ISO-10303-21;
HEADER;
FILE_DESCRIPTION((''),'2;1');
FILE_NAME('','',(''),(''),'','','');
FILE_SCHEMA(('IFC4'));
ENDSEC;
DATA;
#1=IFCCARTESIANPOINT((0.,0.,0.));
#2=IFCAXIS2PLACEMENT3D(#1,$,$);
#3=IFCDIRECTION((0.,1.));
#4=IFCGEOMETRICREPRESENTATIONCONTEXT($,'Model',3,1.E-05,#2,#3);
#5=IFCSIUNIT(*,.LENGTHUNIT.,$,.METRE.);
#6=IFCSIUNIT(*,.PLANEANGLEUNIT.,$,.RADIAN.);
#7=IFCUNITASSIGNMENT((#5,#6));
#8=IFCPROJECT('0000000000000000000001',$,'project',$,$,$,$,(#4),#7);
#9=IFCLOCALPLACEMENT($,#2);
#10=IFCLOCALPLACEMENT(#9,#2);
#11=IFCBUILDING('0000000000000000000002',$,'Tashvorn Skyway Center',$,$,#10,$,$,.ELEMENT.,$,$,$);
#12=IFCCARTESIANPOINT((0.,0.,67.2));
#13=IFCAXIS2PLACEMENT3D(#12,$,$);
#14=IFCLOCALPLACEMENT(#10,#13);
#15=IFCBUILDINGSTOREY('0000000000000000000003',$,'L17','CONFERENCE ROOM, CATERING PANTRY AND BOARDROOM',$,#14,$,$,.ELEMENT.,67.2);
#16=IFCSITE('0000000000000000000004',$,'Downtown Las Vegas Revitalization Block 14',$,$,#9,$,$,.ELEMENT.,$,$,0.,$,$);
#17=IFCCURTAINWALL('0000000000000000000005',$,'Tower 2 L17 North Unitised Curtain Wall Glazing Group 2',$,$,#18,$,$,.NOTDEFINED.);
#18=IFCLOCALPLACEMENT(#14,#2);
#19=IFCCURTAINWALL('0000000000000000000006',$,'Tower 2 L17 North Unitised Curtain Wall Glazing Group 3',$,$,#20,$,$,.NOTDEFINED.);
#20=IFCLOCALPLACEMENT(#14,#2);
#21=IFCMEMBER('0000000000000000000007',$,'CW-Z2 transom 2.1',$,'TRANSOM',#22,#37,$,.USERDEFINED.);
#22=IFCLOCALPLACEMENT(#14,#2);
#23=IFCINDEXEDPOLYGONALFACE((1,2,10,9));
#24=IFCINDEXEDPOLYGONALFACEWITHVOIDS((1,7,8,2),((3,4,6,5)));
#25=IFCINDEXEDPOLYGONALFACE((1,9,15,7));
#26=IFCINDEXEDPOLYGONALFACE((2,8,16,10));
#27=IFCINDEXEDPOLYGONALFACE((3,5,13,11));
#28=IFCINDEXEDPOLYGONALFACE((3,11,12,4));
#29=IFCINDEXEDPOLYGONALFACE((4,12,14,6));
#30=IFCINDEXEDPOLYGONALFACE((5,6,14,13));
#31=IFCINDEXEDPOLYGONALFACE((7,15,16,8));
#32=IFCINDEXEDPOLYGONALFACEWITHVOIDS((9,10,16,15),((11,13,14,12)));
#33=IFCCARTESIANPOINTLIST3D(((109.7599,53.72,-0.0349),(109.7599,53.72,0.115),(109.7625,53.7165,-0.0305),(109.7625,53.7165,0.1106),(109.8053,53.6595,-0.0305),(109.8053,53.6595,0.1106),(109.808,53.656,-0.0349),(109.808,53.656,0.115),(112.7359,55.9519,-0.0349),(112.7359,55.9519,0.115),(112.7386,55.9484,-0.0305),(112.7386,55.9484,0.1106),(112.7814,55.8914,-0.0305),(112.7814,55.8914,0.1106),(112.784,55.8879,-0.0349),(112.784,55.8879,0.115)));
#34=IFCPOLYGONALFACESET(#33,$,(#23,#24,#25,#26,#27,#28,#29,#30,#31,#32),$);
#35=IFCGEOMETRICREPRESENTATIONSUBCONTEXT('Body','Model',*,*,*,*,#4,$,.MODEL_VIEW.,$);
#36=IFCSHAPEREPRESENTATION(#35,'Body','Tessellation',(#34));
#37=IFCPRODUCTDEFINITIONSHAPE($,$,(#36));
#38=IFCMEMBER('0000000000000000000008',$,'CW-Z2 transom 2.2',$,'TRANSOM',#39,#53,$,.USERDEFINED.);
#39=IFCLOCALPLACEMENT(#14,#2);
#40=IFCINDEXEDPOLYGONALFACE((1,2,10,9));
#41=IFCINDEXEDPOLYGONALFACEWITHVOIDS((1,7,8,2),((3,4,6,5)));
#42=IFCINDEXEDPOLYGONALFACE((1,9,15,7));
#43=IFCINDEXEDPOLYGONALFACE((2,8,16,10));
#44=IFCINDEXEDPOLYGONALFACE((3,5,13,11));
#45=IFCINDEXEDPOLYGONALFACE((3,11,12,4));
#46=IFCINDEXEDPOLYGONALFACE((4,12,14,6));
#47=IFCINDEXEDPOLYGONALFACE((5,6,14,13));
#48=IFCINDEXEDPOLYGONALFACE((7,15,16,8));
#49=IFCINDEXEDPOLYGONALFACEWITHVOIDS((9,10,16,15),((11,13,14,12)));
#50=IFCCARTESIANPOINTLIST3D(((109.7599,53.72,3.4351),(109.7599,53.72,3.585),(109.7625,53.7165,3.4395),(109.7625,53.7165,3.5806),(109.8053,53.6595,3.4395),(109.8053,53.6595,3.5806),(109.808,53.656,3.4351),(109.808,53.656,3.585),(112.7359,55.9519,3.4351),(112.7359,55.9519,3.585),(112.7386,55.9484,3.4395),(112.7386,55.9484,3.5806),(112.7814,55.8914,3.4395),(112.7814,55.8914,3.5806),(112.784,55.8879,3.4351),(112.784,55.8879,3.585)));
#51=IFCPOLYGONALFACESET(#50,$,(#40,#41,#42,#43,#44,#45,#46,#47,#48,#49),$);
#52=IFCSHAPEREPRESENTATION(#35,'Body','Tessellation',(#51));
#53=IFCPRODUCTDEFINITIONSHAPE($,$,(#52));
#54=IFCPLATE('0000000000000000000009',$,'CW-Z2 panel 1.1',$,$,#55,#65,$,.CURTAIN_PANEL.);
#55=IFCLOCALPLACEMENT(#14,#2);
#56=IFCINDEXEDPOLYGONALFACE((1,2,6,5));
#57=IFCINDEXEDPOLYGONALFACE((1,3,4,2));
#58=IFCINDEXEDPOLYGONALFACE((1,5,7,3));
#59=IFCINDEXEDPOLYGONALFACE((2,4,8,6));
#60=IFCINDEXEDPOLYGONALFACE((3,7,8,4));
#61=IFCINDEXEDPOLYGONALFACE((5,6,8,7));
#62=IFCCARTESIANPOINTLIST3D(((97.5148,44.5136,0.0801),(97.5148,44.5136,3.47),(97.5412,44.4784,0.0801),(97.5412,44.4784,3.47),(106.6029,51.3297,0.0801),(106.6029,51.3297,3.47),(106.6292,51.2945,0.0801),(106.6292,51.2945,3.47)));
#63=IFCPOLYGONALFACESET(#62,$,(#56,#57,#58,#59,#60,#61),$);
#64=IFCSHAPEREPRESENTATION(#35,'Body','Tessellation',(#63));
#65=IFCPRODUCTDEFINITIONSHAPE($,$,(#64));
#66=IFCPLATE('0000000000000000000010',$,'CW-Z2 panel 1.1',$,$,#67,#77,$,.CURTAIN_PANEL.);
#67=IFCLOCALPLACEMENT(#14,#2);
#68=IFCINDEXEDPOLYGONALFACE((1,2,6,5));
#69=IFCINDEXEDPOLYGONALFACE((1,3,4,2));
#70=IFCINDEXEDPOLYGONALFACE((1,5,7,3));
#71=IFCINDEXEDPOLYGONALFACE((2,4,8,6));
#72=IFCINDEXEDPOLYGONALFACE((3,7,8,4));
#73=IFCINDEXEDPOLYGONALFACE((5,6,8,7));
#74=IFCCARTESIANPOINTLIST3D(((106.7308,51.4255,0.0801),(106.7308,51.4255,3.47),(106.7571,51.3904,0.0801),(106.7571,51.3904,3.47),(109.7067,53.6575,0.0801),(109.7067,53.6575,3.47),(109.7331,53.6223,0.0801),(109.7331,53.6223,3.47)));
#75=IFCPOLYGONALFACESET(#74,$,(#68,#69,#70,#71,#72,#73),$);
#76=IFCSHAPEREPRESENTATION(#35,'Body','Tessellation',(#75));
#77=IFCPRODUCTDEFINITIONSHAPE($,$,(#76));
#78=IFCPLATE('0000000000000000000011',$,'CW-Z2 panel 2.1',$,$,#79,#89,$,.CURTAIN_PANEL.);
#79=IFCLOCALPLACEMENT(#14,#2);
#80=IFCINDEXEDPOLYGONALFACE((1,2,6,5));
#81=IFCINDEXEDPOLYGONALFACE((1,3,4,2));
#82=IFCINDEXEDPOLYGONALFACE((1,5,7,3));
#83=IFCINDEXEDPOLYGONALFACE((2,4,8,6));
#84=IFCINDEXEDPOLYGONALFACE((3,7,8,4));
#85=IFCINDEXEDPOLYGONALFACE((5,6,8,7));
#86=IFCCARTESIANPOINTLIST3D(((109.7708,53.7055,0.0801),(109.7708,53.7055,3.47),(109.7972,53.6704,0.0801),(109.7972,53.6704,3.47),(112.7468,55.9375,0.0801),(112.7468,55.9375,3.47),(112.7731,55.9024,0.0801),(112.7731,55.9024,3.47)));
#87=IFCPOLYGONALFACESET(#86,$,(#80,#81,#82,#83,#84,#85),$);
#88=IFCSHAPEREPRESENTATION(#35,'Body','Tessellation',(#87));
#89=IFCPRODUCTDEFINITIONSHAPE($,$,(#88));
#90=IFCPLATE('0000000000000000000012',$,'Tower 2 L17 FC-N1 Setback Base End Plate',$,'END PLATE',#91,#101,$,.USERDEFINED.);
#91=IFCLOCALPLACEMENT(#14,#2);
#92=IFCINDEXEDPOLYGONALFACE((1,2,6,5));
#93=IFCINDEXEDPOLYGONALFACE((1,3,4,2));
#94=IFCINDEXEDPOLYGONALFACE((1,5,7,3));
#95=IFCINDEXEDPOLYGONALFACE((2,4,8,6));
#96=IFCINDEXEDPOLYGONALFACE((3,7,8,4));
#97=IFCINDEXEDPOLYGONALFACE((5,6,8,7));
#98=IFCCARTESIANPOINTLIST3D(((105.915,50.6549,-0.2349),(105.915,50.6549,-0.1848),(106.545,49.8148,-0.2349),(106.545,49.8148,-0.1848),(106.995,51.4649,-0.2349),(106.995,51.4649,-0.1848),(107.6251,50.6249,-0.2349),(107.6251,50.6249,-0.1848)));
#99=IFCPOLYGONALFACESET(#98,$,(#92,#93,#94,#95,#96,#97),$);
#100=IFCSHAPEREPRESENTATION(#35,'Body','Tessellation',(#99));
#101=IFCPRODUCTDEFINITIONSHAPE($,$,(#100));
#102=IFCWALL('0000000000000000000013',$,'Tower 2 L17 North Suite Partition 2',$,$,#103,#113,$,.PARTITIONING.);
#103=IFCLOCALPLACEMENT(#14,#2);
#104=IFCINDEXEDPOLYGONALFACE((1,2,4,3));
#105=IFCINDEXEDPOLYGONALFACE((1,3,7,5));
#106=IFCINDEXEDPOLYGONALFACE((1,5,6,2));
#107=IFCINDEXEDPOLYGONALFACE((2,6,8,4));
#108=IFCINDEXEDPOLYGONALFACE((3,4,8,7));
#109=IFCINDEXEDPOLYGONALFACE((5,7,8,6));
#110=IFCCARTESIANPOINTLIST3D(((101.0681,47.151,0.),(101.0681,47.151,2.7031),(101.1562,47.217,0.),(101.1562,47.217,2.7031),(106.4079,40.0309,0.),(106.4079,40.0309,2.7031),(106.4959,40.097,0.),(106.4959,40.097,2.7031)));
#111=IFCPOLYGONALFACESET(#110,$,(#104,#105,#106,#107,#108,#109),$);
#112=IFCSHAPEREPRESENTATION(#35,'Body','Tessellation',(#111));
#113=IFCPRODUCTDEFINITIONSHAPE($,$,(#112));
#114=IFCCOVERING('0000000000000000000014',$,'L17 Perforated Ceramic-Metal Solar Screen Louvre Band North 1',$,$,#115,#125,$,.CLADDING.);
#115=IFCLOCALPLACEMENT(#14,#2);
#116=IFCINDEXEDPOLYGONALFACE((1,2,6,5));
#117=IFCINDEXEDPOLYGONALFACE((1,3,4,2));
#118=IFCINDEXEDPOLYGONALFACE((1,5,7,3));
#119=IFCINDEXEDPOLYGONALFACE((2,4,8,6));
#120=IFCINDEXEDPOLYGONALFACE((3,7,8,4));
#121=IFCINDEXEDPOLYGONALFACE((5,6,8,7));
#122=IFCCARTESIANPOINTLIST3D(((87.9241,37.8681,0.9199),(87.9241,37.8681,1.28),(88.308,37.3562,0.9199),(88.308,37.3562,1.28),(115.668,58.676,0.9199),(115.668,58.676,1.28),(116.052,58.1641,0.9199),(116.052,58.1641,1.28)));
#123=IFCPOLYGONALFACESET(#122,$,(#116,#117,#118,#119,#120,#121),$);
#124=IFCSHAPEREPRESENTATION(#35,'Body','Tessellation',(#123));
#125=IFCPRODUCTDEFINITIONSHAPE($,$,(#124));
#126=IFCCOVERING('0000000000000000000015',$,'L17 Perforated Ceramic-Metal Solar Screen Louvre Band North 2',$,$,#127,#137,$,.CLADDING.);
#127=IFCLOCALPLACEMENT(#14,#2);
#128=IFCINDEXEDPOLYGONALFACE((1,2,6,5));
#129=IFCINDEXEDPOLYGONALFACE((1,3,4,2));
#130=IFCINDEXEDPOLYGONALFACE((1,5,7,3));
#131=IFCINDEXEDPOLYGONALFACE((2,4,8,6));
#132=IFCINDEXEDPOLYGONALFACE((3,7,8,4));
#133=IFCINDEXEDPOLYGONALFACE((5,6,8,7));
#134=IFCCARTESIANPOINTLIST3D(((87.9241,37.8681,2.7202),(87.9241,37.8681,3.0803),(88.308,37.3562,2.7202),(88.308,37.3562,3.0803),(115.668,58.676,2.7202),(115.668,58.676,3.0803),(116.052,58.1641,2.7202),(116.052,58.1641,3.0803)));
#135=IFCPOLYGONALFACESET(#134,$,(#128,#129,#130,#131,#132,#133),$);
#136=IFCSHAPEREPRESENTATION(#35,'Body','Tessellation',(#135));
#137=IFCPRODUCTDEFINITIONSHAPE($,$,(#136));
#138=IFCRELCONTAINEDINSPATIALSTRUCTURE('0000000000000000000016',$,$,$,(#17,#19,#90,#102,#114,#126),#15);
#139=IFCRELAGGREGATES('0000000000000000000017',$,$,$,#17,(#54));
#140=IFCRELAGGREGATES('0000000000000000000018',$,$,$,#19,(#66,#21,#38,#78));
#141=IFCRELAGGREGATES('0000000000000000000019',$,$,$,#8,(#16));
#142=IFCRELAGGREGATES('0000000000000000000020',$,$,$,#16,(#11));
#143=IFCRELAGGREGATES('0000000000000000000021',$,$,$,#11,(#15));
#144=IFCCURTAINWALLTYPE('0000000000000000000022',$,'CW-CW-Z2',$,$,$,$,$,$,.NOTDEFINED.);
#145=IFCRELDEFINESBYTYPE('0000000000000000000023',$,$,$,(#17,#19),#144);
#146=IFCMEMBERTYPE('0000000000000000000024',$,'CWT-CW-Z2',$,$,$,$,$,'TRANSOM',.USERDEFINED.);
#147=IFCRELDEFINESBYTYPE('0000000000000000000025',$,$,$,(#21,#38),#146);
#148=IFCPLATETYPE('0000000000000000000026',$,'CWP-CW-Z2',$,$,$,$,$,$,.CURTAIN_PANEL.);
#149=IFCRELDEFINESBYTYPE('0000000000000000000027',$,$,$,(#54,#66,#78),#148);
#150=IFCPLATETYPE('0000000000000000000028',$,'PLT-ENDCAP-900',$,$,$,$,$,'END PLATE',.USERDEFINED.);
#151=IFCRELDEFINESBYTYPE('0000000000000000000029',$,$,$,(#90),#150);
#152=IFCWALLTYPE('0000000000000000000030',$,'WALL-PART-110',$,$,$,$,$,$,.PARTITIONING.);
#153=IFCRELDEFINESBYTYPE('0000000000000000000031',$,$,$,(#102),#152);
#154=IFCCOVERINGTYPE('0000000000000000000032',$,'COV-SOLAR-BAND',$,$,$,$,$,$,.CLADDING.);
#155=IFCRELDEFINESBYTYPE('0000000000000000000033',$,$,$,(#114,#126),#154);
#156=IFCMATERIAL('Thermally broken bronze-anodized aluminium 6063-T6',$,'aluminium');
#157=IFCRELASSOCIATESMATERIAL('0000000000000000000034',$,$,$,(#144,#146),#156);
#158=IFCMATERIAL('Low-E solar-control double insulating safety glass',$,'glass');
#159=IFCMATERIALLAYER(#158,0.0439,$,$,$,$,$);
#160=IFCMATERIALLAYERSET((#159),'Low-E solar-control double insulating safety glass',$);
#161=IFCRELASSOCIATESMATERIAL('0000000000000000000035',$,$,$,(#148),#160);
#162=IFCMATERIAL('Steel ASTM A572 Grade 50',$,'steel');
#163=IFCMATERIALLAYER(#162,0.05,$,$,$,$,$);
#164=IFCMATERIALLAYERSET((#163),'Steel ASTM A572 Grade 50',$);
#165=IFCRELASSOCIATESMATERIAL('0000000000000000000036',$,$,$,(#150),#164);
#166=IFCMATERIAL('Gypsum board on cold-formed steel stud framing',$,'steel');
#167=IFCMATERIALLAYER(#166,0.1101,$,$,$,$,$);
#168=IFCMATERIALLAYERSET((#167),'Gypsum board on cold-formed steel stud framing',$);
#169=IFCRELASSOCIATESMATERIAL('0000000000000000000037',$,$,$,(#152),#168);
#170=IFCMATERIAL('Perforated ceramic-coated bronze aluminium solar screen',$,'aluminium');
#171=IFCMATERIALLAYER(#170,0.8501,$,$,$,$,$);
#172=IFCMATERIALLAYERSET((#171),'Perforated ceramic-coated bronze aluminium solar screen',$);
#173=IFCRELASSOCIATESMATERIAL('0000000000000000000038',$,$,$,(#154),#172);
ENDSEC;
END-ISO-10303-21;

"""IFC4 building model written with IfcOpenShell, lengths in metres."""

from ifc_helpers import new_model, si_unit, direction, frame, frame_2d, origin, origin_2d, place, context, subcontext, project, spatial, rectangle, hollow_rectangle, extrude, material, layer, layer_set, material_profile, profile_set, type_object, element, aggregate, save


model = new_model("IFC4")

# Units and contexts
model_context = context("Model", 3, precision=1e-05, world=origin(), true_north=direction((0.0, 1.0)))
body_context = subcontext(model_context, "Body", "Model", "MODEL_VIEW")
ifc_project = project(units=[si_unit("LENGTHUNIT", "METRE"), si_unit("PLANEANGLEUNIT", "RADIAN")], contexts=[model_context])

# Site, building, storey
site_placement = place(None, origin())
site = spatial("IfcSite", under=ifc_project, at=site_placement, Name="Downtown Las Vegas Revitalization Block 14", CompositionType="ELEMENT", RefElevation=0.0)
building_placement = place(site_placement, origin())
building = spatial("IfcBuilding", under=site, at=building_placement, Name="Tashvorn Skyway Center", CompositionType="ELEMENT")
storey_placement = place(building_placement, frame((0.0, 0.0, 67.2)))
storey = spatial("IfcBuildingStorey", under=building, at=storey_placement, Name="L17", Description="CONFERENCE ROOM, CATERING PANTRY AND BOARDROOM", CompositionType="ELEMENT", Elevation=67.2)

# Shared definitions
ifc_material_1 = material(Name="Steel ASTM A572 Grade 50", Category="steel")

# Curtain wall
ifc_material_2 = material(Name="Thermally broken bronze-anodized aluminium 6063-T6", Category="aluminium")
curtain_wall_type = type_object("IfcCurtainWallType", Name="CW-CW-Z2", PredefinedType="NOTDEFINED", material=ifc_material_2)
curtain_wall_1_placement = place(storey_placement, origin())
curtain_wall_1 = element("IfcCurtainWall", 1, at=curtain_wall_1_placement, inside=storey, type_object=curtain_wall_type, Name="Tower 2 L17 North Unitised Curtain Wall Glazing Group 2", PredefinedType="NOTDEFINED")

# Curtain wall, members
curtain_wall_2_placement = place(storey_placement, origin())
curtain_wall_2 = element("IfcCurtainWall", 2, at=curtain_wall_2_placement, inside=storey, type_object=curtain_wall_type, Name="Tower 2 L17 North Unitised Curtain Wall Glazing Group 3", PredefinedType="NOTDEFINED")
ifc_material_profile_1 = material_profile(ifc_material_2, hollow_rectangle(XDim=0.0801, YDim=0.1499, WallThickness=0.0044, at=origin_2d()), Name="ALU-TRAN-80x150")
ifc_profile_set_1 = profile_set([ifc_material_profile_1], Name="Thermally broken bronze-anodized aluminium 6063-T6")
member_type_1 = type_object("IfcMemberType", Name="CWT-CW-Z2", ElementType="TRANSOM", PredefinedType="USERDEFINED", material=ifc_profile_set_1)
member_1_placement = place(storey_placement, frame((109.7839, 53.688, 0.04), z_axis=(0.800016, 0.599979, 0.0), x_axis=(-0.599979, 0.800016, 0.0)))
member_1 = element("IfcMember", 3, at=member_1_placement, type_object=member_type_1, Name="CW-Z2 transom 2.1", ObjectType="TRANSOM", PredefinedType="USERDEFINED", context=body_context, shape_type="SweptSolid", body=[
    extrude(hollow_rectangle(XDim=0.0801, YDim=0.1499, WallThickness=0.0044, at=origin_2d()), origin(), (0.0, 0.0, 1.0), 3.72),
])
member_2_placement = place(storey_placement, frame((109.7839, 53.688, 3.51), z_axis=(0.800016, 0.599979, 0.0), x_axis=(-0.599979, 0.800016, 0.0)))
member_2 = element("IfcMember", 4, at=member_2_placement, type_object=member_type_1, Name="CW-Z2 transom 2.2", ObjectType="TRANSOM", PredefinedType="USERDEFINED", context=body_context, shape_type="SweptSolid", body=[
    extrude(hollow_rectangle(XDim=0.0801, YDim=0.1499, WallThickness=0.0044, at=origin_2d()), origin(), (0.0, 0.0, 1.0), 3.72),
])

# Plates
ifc_material_3 = material(Name="Low-E solar-control double insulating safety glass", Category="glass")
ifc_layer_1 = layer(ifc_material_3, 0.0439)
ifc_layer_set_1 = layer_set([ifc_layer_1], Name="Low-E solar-control double insulating safety glass")
plate_type_1 = type_object("IfcPlateType", Name="CWP-CW-Z2", PredefinedType="CURTAIN_PANEL", material=ifc_layer_set_1)
plate_1_placement = place(storey_placement, frame((102.072, 47.9041, 0.0801), z_axis=(0.0, 0.0, 1.0), x_axis=(0.8, 0.6, 0.0)))
plate_1 = element("IfcPlate", 5, at=plate_1_placement, type_object=plate_type_1, Name="CW-Z2 panel 1.1", PredefinedType="CURTAIN_PANEL", context=body_context, shape_type="SweptSolid", body=[
    extrude(rectangle(XDim=11.3601, YDim=0.0439, at=origin_2d()), origin(), (0.0, 0.0, 1.0), 3.3899),
])
aggregate(curtain_wall_1, [plate_1])
plate_2_placement = place(storey_placement, frame((108.2319, 52.5239, 0.0801), z_axis=(0.0, 0.0, 1.0), x_axis=(0.8, 0.6, 0.0)))
plate_2 = element("IfcPlate", 6, at=plate_2_placement, type_object=plate_type_1, Name="CW-Z2 panel 1.1", PredefinedType="CURTAIN_PANEL", context=body_context, shape_type="SweptSolid", body=[
    extrude(rectangle(XDim=3.72, YDim=0.0439, at=origin_2d()), origin(), (0.0, 0.0, 1.0), 3.3899),
])
plate_3_placement = place(storey_placement, frame((111.272, 54.804, 0.0801), z_axis=(0.0, 0.0, 1.0), x_axis=(0.8, 0.6, 0.0)))
plate_3 = element("IfcPlate", 7, at=plate_3_placement, type_object=plate_type_1, Name="CW-Z2 panel 2.1", PredefinedType="CURTAIN_PANEL", context=body_context, shape_type="SweptSolid", body=[
    extrude(rectangle(XDim=3.72, YDim=0.0439, at=origin_2d()), origin(), (0.0, 0.0, 1.0), 3.3899),
])
aggregate(curtain_wall_2, [plate_2, member_1, member_2, plate_3])
ifc_layer_2 = layer(ifc_material_1, 0.05)
ifc_layer_set_2 = layer_set([ifc_layer_2], Name="Steel ASTM A572 Grade 50")
plate_type_2 = type_object("IfcPlateType", Name="PLT-ENDCAP-900", ElementType="END PLATE", PredefinedType="USERDEFINED", material=ifc_layer_set_2)
plate_4_placement = place(storey_placement, frame((106.77, 50.6399, -0.2349), z_axis=(0.0, 0.0, 1.0), x_axis=(0.8, 0.6, 0.0)))
element("IfcPlate", 8, at=plate_4_placement, inside=storey, type_object=plate_type_2, Name="Tower 2 L17 FC-N1 Setback Base End Plate", ObjectType="END PLATE", PredefinedType="USERDEFINED", context=body_context, shape_type="SweptSolid", body=[
    extrude(rectangle(XDim=1.3501, YDim=1.05, at=origin_2d()), origin(), (0.0, 0.0, 1.0), 0.05),
])

# Wall
ifc_material_4 = material(Name="Gypsum board on cold-formed steel stud framing", Category="steel")
ifc_layer_3 = layer(ifc_material_4, 0.1101)
ifc_layer_set_3 = layer_set([ifc_layer_3], Name="Gypsum board on cold-formed steel stud framing")
wall_type = type_object("IfcWallType", Name="WALL-PART-110", PredefinedType="PARTITIONING", material=ifc_layer_set_3)
wall_placement = place(storey_placement, frame((106.4519, 40.064, 0.0), z_axis=(0.0, 0.0, 1.0), x_axis=(-0.599982, 0.800013, 0.0)))
element("IfcWall", 9, at=wall_placement, inside=storey, type_object=wall_type, Name="Tower 2 L17 North Suite Partition 2", PredefinedType="PARTITIONING", context=body_context, shape_type="SweptSolid", body=[
    extrude(rectangle(XDim=8.8999, YDim=0.1101, at=frame_2d((4.45, 0.0))), origin(), (0.0, 0.0, 1.0), 2.7031),
])

# Coverings
ifc_material_5 = material(Name="Perforated ceramic-coated bronze aluminium solar screen", Category="aluminium")
ifc_layer_4 = layer(ifc_material_5, 0.8501)
ifc_layer_set_4 = layer_set([ifc_layer_4], Name="Perforated ceramic-coated bronze aluminium solar screen")
covering_type = type_object("IfcCoveringType", Name="COV-SOLAR-BAND", PredefinedType="CLADDING", material=ifc_layer_set_4)
for number, where, z_axis, x_axis, name in (
    (10, (101.988, 48.0161, 0.9199), (0.0, 0.0, 1.0), (0.8, 0.6, 0.0), "L17 Perforated Ceramic-Metal Solar Screen Louvre Band North 1"),
    (11, (101.988, 48.0161, 2.7202), (0.0, 0.0, 1.0), (0.8, 0.6, 0.0), "L17 Perforated Ceramic-Metal Solar Screen Louvre Band North 2"),
):
    element("IfcCovering", number, at=place(storey_placement, frame(where, z_axis=z_axis, x_axis=x_axis)), inside=storey, type_object=covering_type, Name=name, PredefinedType="CLADDING", context=body_context, shape_type="SweptSolid", body=[
        extrude(rectangle(XDim=34.6799, YDim=0.6399, at=origin_2d()), origin(), (0.0, 0.0, 1.0), 0.3601),
    ])

save(model, "model.ifc")
